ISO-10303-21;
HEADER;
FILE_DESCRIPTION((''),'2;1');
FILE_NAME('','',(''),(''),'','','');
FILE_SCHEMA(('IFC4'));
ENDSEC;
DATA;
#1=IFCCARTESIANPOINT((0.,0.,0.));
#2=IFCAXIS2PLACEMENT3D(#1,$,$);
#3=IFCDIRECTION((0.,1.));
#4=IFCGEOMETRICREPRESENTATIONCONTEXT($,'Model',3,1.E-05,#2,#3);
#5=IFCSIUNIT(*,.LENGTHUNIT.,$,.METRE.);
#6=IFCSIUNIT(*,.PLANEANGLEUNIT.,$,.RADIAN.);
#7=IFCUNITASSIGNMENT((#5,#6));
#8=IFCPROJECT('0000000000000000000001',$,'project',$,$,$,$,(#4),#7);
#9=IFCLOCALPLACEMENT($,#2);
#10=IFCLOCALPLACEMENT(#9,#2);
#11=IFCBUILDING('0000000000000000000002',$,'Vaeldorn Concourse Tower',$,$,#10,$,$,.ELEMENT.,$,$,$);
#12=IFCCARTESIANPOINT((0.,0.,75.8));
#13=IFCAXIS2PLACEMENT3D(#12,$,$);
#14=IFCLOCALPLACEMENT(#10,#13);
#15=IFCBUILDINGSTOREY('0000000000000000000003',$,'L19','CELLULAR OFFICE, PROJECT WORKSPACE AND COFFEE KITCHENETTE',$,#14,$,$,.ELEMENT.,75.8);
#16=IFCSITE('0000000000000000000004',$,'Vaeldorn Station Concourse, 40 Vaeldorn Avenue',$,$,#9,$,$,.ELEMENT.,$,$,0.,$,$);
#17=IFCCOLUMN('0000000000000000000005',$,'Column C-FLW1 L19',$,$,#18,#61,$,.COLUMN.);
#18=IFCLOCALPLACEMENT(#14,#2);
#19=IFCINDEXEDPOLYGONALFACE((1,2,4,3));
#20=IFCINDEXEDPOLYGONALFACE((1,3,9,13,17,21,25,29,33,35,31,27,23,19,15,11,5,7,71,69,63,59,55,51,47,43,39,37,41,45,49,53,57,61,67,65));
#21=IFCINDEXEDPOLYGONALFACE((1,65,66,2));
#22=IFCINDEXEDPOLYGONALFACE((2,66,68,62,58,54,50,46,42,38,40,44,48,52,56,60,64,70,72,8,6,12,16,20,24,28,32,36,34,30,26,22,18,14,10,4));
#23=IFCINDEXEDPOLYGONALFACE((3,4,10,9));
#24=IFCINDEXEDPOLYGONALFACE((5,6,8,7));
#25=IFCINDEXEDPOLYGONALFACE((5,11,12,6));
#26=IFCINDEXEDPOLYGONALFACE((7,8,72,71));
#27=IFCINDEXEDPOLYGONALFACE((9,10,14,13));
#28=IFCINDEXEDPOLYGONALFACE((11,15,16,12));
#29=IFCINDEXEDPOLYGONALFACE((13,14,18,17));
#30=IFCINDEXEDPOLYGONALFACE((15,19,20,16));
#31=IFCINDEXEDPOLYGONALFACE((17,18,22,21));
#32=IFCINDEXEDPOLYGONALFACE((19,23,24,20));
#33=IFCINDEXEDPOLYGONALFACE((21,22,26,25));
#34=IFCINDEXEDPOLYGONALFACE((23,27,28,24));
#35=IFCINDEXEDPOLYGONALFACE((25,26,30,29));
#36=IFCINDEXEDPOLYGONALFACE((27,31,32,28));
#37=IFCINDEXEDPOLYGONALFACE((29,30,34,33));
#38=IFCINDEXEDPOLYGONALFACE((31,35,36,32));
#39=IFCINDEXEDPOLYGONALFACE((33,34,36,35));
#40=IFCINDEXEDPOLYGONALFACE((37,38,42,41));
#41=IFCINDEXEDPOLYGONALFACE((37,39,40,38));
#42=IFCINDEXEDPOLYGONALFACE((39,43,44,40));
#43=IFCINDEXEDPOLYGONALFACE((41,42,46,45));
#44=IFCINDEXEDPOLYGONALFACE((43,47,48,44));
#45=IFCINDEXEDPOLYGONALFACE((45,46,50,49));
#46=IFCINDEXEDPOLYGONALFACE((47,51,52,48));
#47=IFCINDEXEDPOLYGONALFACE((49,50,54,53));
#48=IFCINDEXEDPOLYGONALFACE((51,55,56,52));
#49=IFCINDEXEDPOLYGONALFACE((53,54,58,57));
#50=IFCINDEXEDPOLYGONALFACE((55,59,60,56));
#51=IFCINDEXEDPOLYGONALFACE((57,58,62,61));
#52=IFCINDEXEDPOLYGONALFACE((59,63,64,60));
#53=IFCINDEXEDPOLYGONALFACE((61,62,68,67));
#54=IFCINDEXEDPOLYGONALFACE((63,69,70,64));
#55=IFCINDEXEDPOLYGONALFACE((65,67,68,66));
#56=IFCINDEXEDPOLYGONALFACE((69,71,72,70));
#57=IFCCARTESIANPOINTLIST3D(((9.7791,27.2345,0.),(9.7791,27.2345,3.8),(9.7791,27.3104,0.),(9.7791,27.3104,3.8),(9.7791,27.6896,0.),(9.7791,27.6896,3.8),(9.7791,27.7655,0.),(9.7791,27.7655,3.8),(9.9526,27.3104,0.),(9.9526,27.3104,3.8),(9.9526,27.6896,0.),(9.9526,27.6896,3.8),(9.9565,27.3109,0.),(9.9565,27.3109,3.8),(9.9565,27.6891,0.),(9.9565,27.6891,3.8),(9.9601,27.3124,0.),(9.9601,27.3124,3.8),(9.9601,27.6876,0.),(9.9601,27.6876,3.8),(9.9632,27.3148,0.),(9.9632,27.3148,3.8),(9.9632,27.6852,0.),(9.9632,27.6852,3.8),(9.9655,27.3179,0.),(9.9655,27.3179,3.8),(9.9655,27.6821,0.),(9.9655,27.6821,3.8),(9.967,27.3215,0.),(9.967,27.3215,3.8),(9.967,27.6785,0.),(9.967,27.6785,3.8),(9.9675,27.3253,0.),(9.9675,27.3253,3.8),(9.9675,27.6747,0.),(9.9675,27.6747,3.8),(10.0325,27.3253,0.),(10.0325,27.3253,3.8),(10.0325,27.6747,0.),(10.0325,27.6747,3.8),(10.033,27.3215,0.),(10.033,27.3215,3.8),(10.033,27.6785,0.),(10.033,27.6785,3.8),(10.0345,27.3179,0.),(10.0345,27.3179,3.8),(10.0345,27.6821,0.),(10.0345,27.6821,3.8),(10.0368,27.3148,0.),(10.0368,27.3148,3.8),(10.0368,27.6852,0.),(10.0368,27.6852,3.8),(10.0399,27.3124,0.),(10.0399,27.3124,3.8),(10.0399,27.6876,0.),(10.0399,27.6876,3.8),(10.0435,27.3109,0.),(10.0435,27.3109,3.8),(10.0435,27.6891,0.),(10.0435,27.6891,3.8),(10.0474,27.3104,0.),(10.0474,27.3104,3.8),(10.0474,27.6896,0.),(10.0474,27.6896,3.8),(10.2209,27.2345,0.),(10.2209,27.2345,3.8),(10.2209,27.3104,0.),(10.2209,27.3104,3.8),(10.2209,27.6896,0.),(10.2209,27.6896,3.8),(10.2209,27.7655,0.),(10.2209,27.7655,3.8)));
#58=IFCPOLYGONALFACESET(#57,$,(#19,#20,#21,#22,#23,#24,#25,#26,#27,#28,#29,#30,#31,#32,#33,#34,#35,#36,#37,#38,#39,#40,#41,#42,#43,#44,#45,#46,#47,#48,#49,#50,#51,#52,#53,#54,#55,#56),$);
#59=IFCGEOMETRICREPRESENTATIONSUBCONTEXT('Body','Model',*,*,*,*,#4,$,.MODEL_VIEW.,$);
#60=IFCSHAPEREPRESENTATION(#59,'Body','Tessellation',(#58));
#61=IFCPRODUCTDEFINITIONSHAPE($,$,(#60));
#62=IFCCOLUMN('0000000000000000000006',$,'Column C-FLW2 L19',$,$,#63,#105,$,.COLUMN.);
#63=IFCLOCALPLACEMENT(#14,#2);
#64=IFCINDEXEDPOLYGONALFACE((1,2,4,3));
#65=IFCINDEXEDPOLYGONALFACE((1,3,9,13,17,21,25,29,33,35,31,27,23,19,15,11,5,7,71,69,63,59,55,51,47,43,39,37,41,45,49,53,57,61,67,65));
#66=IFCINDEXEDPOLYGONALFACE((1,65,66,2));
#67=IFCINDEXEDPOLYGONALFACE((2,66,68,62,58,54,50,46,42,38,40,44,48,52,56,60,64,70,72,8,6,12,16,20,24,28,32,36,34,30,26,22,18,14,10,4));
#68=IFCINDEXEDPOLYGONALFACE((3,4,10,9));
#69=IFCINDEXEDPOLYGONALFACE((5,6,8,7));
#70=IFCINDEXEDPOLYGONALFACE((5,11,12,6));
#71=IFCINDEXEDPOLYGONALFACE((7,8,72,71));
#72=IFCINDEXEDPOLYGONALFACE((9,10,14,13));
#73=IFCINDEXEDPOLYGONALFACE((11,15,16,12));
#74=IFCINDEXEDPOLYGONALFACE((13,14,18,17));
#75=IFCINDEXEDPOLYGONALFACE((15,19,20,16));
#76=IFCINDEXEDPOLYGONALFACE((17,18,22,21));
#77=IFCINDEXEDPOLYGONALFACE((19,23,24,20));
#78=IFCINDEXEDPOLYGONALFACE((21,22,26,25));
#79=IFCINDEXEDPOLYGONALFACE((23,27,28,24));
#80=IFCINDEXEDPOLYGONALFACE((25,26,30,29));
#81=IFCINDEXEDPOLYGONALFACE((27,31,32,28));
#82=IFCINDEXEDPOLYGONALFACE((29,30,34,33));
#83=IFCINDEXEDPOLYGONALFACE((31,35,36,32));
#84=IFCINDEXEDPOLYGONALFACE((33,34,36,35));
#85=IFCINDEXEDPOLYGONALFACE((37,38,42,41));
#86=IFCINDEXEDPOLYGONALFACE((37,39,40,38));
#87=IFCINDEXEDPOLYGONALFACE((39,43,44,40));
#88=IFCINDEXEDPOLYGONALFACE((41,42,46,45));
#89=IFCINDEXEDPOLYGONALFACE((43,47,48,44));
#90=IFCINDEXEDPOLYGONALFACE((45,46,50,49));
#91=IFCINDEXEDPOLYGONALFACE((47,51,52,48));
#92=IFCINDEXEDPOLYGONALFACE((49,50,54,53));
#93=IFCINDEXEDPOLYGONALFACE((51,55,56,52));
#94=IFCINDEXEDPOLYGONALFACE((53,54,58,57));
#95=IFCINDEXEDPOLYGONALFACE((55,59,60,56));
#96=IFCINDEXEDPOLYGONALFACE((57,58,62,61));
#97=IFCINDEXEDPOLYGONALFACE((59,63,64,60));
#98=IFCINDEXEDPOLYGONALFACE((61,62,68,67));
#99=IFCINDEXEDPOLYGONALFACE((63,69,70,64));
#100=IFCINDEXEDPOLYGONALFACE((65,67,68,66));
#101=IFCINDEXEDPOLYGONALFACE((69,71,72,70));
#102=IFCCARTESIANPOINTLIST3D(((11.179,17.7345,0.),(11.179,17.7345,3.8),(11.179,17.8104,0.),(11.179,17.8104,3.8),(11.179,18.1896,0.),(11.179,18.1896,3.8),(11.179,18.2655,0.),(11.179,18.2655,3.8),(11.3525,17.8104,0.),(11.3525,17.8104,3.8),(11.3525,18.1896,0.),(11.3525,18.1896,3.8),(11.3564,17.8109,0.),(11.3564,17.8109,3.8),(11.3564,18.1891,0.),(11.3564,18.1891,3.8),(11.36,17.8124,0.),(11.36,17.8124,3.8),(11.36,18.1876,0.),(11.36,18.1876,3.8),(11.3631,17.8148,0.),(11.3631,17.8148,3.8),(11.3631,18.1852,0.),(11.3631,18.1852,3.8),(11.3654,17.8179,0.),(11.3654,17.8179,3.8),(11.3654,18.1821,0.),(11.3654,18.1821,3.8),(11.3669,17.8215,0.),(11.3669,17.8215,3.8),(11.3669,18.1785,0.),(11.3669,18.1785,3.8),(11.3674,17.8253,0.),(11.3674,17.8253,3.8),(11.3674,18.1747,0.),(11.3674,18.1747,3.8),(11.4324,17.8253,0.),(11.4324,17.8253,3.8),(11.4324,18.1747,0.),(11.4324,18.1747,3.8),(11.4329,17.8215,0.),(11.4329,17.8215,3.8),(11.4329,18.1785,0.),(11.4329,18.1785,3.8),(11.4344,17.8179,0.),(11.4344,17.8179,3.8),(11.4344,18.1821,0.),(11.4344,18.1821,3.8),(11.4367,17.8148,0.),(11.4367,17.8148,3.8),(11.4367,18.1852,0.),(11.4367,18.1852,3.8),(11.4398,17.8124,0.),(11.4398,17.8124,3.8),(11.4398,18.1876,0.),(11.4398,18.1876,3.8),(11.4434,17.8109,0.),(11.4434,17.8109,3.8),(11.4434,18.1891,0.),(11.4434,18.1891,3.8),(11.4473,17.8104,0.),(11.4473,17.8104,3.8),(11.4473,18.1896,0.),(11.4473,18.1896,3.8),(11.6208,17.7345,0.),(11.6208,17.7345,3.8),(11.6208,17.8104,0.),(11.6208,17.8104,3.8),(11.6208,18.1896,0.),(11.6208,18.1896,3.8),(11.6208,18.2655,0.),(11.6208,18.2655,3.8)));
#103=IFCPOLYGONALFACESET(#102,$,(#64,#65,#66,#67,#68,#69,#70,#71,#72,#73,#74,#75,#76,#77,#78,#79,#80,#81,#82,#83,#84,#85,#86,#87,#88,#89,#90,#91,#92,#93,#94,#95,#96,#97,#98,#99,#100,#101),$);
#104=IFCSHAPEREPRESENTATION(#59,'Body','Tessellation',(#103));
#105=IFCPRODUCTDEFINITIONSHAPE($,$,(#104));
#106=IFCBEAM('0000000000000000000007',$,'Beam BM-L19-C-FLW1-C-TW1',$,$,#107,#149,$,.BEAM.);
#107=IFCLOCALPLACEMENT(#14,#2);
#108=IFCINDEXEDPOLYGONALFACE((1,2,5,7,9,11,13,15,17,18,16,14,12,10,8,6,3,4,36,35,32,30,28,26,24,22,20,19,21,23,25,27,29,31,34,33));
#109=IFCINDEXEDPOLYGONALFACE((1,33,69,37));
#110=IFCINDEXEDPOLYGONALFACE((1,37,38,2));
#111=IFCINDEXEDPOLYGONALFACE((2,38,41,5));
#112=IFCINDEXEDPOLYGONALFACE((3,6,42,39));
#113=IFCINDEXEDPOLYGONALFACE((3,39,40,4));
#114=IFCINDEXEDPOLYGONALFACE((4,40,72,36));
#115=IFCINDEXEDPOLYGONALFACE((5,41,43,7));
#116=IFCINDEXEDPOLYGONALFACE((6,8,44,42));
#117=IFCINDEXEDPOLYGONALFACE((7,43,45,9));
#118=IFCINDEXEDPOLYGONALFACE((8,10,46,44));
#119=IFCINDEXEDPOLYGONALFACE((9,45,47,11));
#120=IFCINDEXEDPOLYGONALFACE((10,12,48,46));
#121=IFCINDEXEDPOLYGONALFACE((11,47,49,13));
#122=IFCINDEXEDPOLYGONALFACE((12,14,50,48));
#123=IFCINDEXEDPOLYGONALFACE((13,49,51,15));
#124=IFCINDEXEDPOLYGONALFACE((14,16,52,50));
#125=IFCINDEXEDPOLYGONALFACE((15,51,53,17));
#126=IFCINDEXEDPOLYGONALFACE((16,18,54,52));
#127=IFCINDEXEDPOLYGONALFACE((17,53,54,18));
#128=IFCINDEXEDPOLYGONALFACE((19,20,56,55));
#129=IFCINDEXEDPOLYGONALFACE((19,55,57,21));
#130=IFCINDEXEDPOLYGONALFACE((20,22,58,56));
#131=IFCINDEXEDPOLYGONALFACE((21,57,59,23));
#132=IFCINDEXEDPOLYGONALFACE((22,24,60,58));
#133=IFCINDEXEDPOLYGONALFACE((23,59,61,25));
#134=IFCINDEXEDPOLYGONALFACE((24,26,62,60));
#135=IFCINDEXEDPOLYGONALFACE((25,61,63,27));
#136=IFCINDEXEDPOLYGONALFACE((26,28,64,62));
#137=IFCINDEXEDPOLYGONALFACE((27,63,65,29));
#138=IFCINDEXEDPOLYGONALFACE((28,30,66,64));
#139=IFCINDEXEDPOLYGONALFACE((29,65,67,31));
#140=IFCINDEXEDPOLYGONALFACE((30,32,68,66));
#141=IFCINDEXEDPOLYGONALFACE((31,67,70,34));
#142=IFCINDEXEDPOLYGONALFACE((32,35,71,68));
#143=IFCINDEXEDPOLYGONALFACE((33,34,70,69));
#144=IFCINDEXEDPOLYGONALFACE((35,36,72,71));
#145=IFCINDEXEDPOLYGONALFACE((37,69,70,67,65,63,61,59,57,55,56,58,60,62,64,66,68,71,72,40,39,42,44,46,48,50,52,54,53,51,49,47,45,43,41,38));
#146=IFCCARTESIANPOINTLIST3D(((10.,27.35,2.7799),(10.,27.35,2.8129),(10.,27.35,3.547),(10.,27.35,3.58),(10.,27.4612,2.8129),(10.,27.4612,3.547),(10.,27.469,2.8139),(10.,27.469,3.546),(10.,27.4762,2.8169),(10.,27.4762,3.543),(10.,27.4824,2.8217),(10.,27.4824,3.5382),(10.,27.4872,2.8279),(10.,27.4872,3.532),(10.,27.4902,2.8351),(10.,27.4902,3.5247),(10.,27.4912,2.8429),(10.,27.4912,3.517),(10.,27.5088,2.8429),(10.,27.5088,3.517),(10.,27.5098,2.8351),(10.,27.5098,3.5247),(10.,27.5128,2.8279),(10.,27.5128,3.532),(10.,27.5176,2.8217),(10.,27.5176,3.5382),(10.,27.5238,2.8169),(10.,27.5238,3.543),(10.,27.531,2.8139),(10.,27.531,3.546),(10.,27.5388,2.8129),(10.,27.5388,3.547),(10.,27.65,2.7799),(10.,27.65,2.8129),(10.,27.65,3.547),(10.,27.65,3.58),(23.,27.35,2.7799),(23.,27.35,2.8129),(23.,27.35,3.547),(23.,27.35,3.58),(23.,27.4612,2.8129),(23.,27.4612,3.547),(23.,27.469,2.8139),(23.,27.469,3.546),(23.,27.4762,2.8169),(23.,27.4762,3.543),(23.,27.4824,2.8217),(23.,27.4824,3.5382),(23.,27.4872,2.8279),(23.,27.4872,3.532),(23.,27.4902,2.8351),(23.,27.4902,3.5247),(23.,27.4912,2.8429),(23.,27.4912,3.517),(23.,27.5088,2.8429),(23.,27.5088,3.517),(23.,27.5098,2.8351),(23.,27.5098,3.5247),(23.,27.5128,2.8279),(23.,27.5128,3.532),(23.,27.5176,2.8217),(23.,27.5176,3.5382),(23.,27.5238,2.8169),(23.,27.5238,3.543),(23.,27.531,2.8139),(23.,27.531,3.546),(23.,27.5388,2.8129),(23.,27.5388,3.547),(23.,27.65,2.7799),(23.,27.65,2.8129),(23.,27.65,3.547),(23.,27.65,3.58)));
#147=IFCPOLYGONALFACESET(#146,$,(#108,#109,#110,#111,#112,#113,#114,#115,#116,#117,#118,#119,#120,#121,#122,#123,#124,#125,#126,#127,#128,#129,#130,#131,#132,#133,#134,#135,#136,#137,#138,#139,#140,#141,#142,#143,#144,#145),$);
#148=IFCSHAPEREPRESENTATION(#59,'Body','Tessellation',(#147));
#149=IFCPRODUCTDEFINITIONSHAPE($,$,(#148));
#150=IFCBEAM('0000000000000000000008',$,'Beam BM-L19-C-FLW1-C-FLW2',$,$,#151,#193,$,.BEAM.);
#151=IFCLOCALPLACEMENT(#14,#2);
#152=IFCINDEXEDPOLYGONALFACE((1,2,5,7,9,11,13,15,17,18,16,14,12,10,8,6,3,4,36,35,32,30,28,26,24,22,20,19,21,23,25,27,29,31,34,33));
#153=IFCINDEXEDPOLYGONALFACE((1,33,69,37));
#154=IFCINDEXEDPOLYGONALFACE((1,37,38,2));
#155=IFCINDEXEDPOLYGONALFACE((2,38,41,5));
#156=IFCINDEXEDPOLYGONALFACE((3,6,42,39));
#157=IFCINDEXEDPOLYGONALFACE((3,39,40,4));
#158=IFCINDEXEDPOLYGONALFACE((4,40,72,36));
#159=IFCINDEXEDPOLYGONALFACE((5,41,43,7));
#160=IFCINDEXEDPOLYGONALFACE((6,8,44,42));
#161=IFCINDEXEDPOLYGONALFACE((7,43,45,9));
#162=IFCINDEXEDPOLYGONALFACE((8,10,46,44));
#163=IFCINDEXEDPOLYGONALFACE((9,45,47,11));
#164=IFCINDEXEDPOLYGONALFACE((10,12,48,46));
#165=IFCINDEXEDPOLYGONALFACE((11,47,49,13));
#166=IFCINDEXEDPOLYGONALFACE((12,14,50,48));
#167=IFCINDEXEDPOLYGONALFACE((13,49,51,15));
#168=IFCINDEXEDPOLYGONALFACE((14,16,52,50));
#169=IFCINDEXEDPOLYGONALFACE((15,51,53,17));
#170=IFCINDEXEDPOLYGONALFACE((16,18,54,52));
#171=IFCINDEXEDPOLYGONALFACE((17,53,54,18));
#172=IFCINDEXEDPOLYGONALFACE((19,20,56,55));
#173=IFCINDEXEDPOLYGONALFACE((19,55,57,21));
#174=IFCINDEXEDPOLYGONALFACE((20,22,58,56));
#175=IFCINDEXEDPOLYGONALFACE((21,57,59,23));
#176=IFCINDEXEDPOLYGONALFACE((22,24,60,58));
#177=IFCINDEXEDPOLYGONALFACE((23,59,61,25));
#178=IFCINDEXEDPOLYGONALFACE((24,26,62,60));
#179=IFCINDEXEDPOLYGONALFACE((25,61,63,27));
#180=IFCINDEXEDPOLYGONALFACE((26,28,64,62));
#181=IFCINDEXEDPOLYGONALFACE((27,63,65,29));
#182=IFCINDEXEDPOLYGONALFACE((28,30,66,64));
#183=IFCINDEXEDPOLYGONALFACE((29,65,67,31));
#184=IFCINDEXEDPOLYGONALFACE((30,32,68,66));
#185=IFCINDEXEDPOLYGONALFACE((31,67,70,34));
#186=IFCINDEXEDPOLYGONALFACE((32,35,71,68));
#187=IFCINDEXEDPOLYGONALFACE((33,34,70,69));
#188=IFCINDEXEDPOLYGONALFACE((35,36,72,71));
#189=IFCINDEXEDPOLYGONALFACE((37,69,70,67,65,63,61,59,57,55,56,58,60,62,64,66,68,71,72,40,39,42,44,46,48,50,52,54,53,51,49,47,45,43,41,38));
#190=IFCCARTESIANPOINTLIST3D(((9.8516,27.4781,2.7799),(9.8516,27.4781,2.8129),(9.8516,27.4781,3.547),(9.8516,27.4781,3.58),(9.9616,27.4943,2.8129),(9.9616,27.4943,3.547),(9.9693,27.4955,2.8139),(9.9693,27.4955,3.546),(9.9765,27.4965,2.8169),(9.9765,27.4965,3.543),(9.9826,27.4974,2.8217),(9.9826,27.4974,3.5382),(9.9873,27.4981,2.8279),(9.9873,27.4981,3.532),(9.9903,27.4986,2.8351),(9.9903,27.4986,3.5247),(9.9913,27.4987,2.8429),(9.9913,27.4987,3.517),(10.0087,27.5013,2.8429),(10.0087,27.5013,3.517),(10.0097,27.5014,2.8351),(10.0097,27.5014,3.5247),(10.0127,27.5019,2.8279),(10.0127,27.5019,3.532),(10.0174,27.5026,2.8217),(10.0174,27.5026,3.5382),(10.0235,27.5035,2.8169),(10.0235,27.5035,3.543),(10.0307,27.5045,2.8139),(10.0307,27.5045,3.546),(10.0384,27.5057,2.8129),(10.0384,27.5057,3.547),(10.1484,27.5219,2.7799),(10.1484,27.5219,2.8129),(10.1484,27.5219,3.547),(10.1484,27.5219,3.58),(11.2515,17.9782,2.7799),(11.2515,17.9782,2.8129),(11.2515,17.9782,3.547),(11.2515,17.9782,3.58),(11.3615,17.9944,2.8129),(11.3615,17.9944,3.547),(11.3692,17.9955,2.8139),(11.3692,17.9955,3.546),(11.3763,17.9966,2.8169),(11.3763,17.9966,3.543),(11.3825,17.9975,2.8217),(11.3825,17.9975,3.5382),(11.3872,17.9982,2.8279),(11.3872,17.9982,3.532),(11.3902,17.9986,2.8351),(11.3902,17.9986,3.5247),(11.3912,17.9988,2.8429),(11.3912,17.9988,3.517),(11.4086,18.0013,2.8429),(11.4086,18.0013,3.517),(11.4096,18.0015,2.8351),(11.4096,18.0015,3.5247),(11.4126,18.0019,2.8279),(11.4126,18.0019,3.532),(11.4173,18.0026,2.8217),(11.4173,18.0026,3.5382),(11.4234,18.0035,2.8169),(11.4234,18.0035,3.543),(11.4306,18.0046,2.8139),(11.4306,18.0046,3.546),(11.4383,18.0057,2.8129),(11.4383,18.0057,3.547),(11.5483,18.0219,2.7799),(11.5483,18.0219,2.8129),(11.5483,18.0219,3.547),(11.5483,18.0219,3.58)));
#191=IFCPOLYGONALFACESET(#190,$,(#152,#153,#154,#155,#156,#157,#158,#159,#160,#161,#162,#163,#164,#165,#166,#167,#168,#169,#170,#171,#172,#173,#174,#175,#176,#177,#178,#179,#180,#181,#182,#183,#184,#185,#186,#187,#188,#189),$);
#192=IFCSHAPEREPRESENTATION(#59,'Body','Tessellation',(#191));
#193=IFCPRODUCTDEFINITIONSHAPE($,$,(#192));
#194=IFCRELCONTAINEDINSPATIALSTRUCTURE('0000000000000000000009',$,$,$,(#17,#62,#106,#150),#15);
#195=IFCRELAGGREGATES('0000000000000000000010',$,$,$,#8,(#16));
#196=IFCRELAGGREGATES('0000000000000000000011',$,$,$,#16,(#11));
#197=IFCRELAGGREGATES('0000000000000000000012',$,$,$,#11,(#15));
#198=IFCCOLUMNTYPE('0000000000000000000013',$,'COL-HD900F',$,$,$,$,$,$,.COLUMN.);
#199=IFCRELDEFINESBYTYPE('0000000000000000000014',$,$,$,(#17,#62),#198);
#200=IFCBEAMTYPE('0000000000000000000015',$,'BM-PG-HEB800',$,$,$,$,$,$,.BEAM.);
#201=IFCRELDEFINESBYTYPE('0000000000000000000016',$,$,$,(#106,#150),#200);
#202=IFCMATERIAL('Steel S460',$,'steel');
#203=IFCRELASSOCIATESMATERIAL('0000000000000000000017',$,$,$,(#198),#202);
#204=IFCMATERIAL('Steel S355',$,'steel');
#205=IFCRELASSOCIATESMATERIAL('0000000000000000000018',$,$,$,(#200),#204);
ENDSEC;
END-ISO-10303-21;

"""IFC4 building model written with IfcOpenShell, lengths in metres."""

from ifc_helpers import new_model, si_unit, direction, frame, origin, origin_2d, place, context, subcontext, project, spatial, i_section, extrude, source, transform, mapped, material, material_profile, profile_set, type_object, element, save


model = new_model("IFC4")

# Units and contexts
model_context = context("Model", 3, precision=1e-05, world=origin(), true_north=direction((0.0, 1.0)))
body_context = subcontext(model_context, "Body", "Model", "MODEL_VIEW")
ifc_project = project(units=[si_unit("LENGTHUNIT", "METRE"), si_unit("PLANEANGLEUNIT", "RADIAN")], contexts=[model_context])

# Site, building, storey
site_placement = place(None, origin())
site = spatial("IfcSite", under=ifc_project, at=site_placement, Name="Vaeldorn Station Concourse, 40 Vaeldorn Avenue", CompositionType="ELEMENT", RefElevation=0.0)
building_placement = place(site_placement, origin())
building = spatial("IfcBuilding", under=site, at=building_placement, Name="Vaeldorn Concourse Tower", CompositionType="ELEMENT")
storey_placement = place(building_placement, frame((0.0, 0.0, 75.8)))
storey = spatial("IfcBuildingStorey", under=building, at=storey_placement, Name="L19", Description="CELLULAR OFFICE, PROJECT WORKSPACE AND COFFEE KITCHENETTE", CompositionType="ELEMENT", Elevation=75.8)

# Columns
ifc_material_1 = material(Name="Steel S460", Category="steel")
ifc_material_profile_1 = material_profile(ifc_material_1, i_section(OverallWidth=0.4419, OverallDepth=0.531, WebThickness=0.0649, FlangeThickness=0.0759, FilletRadius=0.0149, at=origin_2d()), Name="HD 400x900")
ifc_profile_set_1 = profile_set([ifc_material_profile_1], Name="Steel S460")
column_type = type_object("IfcColumnType", Name="COL-HD900F", PredefinedType="COLUMN", material=ifc_profile_set_1)
shared_shape_1 = source(origin(), body_context, "Body", "SweptSolid", [
    extrude(i_section(OverallWidth=0.4419, OverallDepth=0.531, WebThickness=0.0649, FlangeThickness=0.0759, FilletRadius=0.0149, at=origin_2d()), origin(), (0.0, 0.0, 1.0), 3.8),
])
for number, where, z_axis, x_axis, name in (
    (1, (10.0, 27.5, 0.0), (0.0, 0.0, 1.0), (1.0, 0.0, 0.0), "Column C-FLW1 L19"),
    (2, (11.3999, 18.0, 0.0), (0.0, 0.0, 1.0), (1.0, 0.0, 0.0), "Column C-FLW2 L19"),
):
    element("IfcColumn", number, at=place(storey_placement, frame(where, z_axis=z_axis, x_axis=x_axis)), inside=storey, type_object=column_type, Name=name, PredefinedType="COLUMN", context=body_context, shape_type="MappedRepresentation", body=[
        mapped(shared_shape_1, transform((0.0, 0.0, 0.0), scale=1.0)),
    ])

# Beams
ifc_material_2 = material(Name="Steel S355", Category="steel")
ifc_material_profile_2 = material_profile(ifc_material_2, i_section(OverallWidth=0.3, OverallDepth=0.8, WebThickness=0.0176, FlangeThickness=0.033, FilletRadius=0.03, at=origin_2d()), Name="HEB 800")
ifc_profile_set_2 = profile_set([ifc_material_profile_2], Name="Steel S355")
beam_type_1 = type_object("IfcBeamType", Name="BM-PG-HEB800", PredefinedType="BEAM", material=ifc_profile_set_2)
shared_shape_2 = source(origin(), body_context, "Body", "SweptSolid", [
    extrude(i_section(OverallWidth=0.3, OverallDepth=0.8, WebThickness=0.0176, FlangeThickness=0.033, FilletRadius=0.03, at=origin_2d()), origin(), (0.0, 0.0, 1.0), 13.0),
])
beam_1_placement = place(storey_placement, frame((10.0, 27.5, 3.1799), z_axis=(1.0, 0.0, 0.0), x_axis=(0.0, 1.0, 0.0)))
element("IfcBeam", 3, at=beam_1_placement, inside=storey, type_object=beam_type_1, Name="Beam BM-L19-C-FLW1-C-TW1", PredefinedType="BEAM", context=body_context, shape_type="MappedRepresentation", body=[
    mapped(shared_shape_2, transform((0.0, 0.0, 0.0), scale=1.0)),
])
shared_shape_3 = source(origin(), body_context, "Body", "SweptSolid", [
    extrude(i_section(OverallWidth=0.3, OverallDepth=0.8, WebThickness=0.0176, FlangeThickness=0.033, FilletRadius=0.03, at=origin_2d()), origin(), (0.0, 0.0, 1.0), 9.6025),
])
beam_2_placement = place(storey_placement, frame((10.0, 27.5, 3.1799), z_axis=(0.145784, -0.989316, 0.0), x_axis=(0.989316, 0.145784, 0.0)))
element("IfcBeam", 4, at=beam_2_placement, inside=storey, type_object=beam_type_1, Name="Beam BM-L19-C-FLW1-C-FLW2", PredefinedType="BEAM", context=body_context, shape_type="MappedRepresentation", body=[
    mapped(shared_shape_3, transform((0.0, 0.0, 0.0), scale=1.0)),
])

save(model, "model.ifc")
